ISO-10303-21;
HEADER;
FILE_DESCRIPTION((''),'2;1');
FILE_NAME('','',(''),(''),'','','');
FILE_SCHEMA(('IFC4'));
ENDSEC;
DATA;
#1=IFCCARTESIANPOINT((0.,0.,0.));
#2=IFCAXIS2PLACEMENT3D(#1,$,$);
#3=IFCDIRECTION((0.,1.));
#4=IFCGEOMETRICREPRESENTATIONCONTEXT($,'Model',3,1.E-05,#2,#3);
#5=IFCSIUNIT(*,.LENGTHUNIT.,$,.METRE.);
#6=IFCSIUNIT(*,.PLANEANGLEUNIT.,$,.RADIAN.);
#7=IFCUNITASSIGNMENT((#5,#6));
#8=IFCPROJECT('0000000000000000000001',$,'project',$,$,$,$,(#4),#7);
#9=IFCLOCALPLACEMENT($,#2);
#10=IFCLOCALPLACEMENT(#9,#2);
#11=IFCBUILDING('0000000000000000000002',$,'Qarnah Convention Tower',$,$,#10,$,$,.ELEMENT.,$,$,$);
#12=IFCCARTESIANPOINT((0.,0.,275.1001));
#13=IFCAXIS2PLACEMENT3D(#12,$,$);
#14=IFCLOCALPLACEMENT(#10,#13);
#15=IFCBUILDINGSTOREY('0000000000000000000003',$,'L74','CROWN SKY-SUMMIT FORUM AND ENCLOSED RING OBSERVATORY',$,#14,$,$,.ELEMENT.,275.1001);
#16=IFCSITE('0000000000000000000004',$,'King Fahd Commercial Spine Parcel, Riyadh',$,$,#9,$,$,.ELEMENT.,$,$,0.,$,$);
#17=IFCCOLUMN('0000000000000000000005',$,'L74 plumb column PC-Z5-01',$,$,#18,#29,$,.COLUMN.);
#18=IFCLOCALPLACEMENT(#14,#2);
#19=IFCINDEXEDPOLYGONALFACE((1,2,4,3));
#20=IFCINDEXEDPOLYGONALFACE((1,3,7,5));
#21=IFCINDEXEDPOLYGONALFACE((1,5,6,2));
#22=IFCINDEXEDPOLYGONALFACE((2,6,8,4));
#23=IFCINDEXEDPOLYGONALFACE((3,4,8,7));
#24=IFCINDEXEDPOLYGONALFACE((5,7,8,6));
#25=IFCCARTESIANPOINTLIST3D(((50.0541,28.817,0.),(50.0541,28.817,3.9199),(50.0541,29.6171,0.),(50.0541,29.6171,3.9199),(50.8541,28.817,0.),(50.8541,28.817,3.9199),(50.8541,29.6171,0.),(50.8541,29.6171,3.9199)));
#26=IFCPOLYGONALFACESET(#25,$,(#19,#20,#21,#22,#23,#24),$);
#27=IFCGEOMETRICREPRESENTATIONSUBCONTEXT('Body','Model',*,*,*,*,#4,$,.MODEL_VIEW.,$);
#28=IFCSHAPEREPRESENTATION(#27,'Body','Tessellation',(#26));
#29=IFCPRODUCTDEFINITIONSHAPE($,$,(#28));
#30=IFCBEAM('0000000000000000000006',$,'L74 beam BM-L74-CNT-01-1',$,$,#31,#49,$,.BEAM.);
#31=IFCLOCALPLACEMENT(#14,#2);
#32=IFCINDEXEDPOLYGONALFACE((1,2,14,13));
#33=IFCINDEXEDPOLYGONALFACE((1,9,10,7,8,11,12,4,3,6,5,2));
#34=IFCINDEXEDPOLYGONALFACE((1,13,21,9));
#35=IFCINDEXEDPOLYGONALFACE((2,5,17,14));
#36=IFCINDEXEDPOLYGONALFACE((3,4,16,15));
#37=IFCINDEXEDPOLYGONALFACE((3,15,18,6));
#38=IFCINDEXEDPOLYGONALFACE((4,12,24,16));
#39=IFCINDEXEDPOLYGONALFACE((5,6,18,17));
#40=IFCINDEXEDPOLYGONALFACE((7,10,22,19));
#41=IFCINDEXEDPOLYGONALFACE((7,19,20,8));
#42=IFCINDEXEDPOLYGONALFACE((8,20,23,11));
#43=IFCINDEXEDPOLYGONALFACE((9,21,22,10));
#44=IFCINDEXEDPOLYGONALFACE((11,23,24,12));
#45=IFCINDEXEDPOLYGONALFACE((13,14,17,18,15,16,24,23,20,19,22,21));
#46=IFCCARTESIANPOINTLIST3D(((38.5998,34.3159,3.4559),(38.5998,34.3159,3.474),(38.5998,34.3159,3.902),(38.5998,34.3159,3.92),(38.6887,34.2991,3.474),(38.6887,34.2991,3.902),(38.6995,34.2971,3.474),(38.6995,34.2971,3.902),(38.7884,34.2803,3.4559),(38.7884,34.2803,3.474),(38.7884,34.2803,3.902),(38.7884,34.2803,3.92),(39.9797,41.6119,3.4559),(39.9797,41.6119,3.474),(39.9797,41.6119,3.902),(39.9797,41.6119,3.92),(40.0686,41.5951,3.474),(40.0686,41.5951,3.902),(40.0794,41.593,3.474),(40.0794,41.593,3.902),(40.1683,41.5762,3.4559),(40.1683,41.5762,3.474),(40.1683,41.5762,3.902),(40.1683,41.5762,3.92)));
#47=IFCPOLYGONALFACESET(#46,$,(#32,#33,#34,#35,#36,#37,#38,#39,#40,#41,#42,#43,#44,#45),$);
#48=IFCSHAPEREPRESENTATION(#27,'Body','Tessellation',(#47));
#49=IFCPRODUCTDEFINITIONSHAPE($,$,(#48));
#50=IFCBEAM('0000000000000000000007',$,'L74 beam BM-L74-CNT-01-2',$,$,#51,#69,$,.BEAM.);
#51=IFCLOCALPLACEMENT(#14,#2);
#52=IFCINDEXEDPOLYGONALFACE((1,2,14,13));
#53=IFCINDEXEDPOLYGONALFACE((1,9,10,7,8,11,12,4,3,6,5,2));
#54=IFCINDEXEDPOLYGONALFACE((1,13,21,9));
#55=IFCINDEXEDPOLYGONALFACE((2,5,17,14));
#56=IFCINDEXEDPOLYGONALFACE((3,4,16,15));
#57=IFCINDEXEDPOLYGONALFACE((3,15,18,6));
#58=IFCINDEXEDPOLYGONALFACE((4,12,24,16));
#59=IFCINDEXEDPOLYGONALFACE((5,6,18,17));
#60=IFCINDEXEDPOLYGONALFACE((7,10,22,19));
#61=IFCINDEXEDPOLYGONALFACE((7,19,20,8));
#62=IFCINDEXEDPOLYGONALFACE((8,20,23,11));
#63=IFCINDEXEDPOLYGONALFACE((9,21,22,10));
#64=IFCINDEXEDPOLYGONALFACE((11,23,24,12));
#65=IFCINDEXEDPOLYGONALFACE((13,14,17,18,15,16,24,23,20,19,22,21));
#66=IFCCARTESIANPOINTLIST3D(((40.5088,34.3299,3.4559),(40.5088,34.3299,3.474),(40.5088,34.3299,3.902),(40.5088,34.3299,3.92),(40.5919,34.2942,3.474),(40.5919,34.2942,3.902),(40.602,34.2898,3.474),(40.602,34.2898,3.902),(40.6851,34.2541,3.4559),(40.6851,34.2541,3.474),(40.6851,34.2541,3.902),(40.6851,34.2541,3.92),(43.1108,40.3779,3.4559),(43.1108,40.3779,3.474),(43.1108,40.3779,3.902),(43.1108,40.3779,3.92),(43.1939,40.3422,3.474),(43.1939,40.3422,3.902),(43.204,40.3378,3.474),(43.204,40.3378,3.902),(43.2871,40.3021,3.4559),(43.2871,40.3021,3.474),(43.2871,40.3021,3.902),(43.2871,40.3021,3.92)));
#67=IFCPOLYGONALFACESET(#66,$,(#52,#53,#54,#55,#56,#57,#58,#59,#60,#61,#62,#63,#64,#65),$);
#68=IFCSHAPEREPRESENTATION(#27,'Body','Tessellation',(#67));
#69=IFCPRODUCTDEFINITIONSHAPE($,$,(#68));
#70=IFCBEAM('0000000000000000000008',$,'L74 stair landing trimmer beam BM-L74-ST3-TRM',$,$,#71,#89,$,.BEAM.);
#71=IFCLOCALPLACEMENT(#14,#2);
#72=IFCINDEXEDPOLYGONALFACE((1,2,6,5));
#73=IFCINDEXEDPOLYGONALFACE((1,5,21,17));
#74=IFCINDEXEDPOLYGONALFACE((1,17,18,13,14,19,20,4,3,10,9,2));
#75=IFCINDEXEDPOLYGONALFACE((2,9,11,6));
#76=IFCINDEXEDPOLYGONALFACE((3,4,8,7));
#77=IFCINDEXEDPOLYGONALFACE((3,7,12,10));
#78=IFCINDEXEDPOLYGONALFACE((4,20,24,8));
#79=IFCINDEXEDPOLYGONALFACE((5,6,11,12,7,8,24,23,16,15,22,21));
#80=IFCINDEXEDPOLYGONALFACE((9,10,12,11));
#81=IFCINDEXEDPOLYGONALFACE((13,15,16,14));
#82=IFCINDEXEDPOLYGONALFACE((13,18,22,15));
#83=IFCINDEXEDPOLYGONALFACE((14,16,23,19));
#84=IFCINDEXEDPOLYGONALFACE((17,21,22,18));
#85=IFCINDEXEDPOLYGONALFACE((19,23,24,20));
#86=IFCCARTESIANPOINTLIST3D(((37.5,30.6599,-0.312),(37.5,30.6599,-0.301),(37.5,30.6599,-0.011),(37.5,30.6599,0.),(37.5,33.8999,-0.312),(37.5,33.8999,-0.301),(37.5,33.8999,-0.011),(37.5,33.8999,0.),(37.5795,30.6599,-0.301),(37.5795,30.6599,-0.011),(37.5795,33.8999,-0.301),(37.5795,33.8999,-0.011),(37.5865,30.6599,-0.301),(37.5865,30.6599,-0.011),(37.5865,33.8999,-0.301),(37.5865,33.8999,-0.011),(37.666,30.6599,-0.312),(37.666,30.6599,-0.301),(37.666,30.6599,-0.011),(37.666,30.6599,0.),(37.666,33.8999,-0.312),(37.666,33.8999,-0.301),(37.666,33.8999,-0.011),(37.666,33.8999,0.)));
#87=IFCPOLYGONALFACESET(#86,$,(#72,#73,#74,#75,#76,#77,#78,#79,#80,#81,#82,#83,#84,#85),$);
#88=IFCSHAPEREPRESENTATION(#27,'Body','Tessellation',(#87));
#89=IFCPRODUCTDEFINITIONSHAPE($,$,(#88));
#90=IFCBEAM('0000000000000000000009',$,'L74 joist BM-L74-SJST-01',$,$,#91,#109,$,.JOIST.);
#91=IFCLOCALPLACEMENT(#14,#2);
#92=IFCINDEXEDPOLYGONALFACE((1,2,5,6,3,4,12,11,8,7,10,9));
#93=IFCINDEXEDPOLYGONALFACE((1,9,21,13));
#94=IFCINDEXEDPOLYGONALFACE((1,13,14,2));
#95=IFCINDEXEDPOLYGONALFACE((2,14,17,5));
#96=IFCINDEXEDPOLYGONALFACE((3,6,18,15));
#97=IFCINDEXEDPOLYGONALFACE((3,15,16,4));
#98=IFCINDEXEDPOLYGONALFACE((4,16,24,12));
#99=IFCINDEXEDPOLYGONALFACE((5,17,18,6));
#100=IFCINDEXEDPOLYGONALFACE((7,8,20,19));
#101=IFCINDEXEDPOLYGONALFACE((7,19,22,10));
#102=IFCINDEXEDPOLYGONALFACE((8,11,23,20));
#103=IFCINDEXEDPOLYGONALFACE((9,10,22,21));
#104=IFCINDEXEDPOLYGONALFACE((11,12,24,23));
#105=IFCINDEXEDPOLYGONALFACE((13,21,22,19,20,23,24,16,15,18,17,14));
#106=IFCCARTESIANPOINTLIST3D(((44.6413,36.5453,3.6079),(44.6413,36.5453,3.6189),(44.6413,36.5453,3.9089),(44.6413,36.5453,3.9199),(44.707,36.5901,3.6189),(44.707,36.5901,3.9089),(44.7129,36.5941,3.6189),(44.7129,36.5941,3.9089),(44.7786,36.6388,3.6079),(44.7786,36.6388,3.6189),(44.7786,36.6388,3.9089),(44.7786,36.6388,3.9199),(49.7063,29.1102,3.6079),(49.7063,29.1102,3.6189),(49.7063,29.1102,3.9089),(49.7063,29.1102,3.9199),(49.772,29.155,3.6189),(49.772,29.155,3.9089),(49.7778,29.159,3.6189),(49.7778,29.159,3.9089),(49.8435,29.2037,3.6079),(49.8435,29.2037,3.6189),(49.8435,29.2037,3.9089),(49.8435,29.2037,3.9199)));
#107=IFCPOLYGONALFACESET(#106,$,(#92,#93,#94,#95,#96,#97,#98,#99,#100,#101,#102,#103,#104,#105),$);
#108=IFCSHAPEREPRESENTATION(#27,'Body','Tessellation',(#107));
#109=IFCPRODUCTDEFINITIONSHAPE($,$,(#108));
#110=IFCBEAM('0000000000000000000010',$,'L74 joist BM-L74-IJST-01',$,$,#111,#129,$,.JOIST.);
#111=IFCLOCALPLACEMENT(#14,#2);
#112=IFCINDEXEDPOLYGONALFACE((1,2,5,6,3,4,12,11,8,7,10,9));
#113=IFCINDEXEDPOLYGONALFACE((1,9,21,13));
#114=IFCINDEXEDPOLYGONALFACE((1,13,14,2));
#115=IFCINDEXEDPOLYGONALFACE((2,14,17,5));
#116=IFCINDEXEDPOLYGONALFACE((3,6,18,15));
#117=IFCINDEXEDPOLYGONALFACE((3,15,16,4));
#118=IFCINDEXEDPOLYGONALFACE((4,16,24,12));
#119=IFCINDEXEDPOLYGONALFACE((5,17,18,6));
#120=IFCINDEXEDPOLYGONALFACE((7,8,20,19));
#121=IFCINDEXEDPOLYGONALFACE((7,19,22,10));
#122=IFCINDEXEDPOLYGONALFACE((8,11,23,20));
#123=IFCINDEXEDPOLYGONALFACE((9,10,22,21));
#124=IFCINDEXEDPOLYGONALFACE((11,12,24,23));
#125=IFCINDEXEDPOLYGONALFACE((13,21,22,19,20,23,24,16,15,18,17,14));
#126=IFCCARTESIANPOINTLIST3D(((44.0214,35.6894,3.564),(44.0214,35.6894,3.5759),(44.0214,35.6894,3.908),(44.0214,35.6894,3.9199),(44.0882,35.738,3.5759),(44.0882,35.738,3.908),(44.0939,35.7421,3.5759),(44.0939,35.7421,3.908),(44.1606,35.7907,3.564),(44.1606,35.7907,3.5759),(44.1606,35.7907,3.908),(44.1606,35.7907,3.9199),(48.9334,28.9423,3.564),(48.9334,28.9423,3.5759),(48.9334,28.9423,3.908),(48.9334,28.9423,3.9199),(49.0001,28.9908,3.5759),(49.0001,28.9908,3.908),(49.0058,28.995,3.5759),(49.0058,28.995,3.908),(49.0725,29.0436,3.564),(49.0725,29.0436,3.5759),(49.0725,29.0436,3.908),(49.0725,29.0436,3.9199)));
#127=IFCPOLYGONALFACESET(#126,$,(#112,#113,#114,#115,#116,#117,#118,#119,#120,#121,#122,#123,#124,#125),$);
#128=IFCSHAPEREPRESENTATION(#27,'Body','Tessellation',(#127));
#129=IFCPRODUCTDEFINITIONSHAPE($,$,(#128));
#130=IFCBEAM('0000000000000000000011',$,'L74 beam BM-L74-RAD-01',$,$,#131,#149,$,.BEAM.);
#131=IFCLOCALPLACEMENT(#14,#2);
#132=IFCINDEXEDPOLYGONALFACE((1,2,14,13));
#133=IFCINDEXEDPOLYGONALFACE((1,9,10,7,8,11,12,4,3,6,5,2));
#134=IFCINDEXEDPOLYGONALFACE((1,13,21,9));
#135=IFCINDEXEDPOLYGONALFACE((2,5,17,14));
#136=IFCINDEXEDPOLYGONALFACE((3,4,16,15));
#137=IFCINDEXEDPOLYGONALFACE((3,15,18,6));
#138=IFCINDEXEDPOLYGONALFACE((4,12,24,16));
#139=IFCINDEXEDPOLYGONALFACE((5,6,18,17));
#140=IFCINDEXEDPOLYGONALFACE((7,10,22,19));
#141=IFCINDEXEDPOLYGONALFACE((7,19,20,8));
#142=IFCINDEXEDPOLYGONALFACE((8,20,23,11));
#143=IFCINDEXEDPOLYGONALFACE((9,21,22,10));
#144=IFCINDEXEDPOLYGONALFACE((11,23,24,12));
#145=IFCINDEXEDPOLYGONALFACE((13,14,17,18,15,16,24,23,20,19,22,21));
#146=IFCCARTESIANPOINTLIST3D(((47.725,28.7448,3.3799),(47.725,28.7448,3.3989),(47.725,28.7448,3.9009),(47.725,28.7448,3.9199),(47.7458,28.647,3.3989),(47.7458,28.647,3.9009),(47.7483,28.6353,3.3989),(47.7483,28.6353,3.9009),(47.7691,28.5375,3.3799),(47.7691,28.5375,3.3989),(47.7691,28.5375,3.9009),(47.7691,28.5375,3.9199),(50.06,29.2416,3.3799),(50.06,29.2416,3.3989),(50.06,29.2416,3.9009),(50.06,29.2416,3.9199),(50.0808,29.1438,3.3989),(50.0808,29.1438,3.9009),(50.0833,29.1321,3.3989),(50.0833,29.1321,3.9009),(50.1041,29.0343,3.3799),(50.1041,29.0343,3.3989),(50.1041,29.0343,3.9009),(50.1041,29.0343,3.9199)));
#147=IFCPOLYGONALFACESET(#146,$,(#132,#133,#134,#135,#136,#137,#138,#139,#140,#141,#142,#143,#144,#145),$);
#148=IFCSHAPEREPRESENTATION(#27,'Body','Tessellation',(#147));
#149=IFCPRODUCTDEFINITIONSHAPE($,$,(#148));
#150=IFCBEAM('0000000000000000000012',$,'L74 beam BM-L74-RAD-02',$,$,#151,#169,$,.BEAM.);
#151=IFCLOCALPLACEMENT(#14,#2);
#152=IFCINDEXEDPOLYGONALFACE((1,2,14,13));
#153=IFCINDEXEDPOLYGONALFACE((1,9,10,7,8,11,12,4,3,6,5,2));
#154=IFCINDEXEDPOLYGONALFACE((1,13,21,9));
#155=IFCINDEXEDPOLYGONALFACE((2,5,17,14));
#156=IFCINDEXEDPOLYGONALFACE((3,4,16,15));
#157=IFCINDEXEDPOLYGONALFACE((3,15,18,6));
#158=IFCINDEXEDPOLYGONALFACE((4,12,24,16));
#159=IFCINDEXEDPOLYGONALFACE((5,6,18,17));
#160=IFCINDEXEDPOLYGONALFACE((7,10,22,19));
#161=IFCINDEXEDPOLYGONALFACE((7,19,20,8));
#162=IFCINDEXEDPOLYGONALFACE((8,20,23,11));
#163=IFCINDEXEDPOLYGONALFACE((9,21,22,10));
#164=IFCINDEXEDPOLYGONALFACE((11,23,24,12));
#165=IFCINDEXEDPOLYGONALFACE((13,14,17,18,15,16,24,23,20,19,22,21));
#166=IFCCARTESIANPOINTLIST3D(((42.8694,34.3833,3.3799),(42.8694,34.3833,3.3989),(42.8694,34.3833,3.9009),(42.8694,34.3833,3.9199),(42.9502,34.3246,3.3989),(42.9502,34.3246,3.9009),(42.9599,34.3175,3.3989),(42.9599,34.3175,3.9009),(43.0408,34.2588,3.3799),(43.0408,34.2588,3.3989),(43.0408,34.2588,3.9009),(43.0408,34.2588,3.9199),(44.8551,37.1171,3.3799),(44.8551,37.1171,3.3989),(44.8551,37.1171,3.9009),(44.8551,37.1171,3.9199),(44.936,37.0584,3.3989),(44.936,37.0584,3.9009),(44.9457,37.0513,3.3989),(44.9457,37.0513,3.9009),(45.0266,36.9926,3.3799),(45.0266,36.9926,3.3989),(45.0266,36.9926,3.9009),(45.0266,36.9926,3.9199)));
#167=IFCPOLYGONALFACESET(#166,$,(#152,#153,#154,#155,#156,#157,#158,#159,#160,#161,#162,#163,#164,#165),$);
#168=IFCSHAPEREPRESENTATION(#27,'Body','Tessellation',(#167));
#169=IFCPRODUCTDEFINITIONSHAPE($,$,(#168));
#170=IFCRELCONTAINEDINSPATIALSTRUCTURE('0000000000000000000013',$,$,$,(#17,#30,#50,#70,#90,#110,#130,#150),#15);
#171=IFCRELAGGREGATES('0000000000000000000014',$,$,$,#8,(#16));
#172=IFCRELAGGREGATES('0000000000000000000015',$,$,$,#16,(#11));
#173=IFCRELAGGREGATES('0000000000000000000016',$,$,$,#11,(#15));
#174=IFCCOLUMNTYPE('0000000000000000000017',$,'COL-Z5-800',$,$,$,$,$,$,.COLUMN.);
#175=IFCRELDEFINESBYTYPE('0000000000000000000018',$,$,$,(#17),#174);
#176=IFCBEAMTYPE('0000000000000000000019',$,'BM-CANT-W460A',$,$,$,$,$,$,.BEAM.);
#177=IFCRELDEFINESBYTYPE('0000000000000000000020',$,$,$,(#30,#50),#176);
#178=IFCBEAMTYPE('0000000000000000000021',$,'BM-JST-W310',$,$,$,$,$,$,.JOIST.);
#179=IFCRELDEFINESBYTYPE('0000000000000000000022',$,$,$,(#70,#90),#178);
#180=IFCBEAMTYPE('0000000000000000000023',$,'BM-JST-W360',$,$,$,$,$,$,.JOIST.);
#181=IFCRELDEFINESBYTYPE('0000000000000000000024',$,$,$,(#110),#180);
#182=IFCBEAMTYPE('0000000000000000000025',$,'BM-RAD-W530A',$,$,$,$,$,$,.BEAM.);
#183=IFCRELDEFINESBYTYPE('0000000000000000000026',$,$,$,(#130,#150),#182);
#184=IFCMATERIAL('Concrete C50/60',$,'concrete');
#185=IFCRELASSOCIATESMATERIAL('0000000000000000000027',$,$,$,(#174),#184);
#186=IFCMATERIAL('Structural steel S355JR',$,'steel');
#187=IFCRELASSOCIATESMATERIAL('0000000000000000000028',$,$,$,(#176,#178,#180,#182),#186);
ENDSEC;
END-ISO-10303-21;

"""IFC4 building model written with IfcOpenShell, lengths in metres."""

from ifc_helpers import new_model, si_unit, direction, frame, origin, origin_2d, place, context, subcontext, project, spatial, rectangle, i_section, extrude, material, material_profile, profile_set, type_object, element, save


model = new_model("IFC4")

# Units and contexts
model_context = context("Model", 3, precision=1e-05, world=origin(), true_north=direction((0.0, 1.0)))
body_context = subcontext(model_context, "Body", "Model", "MODEL_VIEW")
ifc_project = project(units=[si_unit("LENGTHUNIT", "METRE"), si_unit("PLANEANGLEUNIT", "RADIAN")], contexts=[model_context])

# Site, building, storey
site_placement = place(None, origin())
site = spatial("IfcSite", under=ifc_project, at=site_placement, Name="King Fahd Commercial Spine Parcel, Riyadh", CompositionType="ELEMENT", RefElevation=0.0)
building_placement = place(site_placement, origin())
building = spatial("IfcBuilding", under=site, at=building_placement, Name="Qarnah Convention Tower", CompositionType="ELEMENT")
storey_placement = place(building_placement, frame((0.0, 0.0, 275.1001)))
storey = spatial("IfcBuildingStorey", under=building, at=storey_placement, Name="L74", Description="CROWN SKY-SUMMIT FORUM AND ENCLOSED RING OBSERVATORY", CompositionType="ELEMENT", Elevation=275.1001)

# Column
ifc_material_1 = material(Name="Concrete C50/60", Category="concrete")
ifc_material_profile_1 = material_profile(ifc_material_1, rectangle(XDim=0.8, YDim=0.8, at=origin_2d()), Name="RC-COL-800X800")
ifc_profile_set_1 = profile_set([ifc_material_profile_1], Name="Concrete C50/60")
column_type = type_object("IfcColumnType", Name="COL-Z5-800", PredefinedType="COLUMN", material=ifc_profile_set_1)
column_placement = place(storey_placement, frame((50.4541, 29.217, 0.0), z_axis=(0.0, 0.0, 1.0), x_axis=(1.0, 0.0, 0.0)))
element("IfcColumn", 1, at=column_placement, inside=storey, type_object=column_type, Name="L74 plumb column PC-Z5-01", PredefinedType="COLUMN", context=body_context, shape_type="SweptSolid", body=[
    extrude(rectangle(XDim=0.8, YDim=0.8, at=origin_2d()), origin(), (0.0, 0.0, 1.0), 3.9199),
])

# Beams
ifc_material_2 = material(Name="Structural steel S355JR", Category="steel")
ifc_material_profile_2 = material_profile(ifc_material_2, i_section(OverallWidth=0.1919, OverallDepth=0.4641, WebThickness=0.011, FlangeThickness=0.0181, at=origin_2d()), Name="W460X89")
ifc_profile_set_2 = profile_set([ifc_material_profile_2], Name="Structural steel S355JR")
beam_type_1 = type_object("IfcBeamType", Name="BM-CANT-W460A", PredefinedType="BEAM", material=ifc_profile_set_2)
beam_1_placement = place(storey_placement, frame((38.6941, 34.2981, 3.688), z_axis=(0.185837, 0.982581, 0.0), x_axis=(-0.982581, 0.185837, 0.0)))
element("IfcBeam", 2, at=beam_1_placement, inside=storey, type_object=beam_type_1, Name="L74 beam BM-L74-CNT-01-1", PredefinedType="BEAM", context=body_context, shape_type="SweptSolid", body=[
    extrude(i_section(OverallWidth=0.1919, OverallDepth=0.4641, WebThickness=0.011, FlangeThickness=0.0181, at=origin_2d()), origin(), (0.0, 0.0, 1.0), 7.4253),
])
beam_2_placement = place(storey_placement, frame((40.5969, 34.292, 3.688), z_axis=(0.395203, 0.918594, 0.0), x_axis=(-0.918594, 0.395203, 0.0)))
element("IfcBeam", 3, at=beam_2_placement, inside=storey, type_object=beam_type_1, Name="L74 beam BM-L74-CNT-01-2", PredefinedType="BEAM", context=body_context, shape_type="SweptSolid", body=[
    extrude(i_section(OverallWidth=0.1919, OverallDepth=0.4641, WebThickness=0.011, FlangeThickness=0.0181, at=origin_2d()), origin(), (0.0, 0.0, 1.0), 6.584),
])
ifc_material_profile_3 = material_profile(ifc_material_2, i_section(OverallWidth=0.166, OverallDepth=0.312, WebThickness=0.0071, FlangeThickness=0.011, at=origin_2d()), Name="W310X45")
ifc_profile_set_3 = profile_set([ifc_material_profile_3], Name="Structural steel S355JR")
beam_type_2 = type_object("IfcBeamType", Name="BM-JST-W310", PredefinedType="JOIST", material=ifc_profile_set_3)
beam_3_placement = place(storey_placement, frame((37.583, 30.6599, -0.156), z_axis=(0.0, 1.0, 0.0), x_axis=(-1.0, 0.0, 0.0)))
element("IfcBeam", 4, at=beam_3_placement, inside=storey, type_object=beam_type_2, Name="L74 stair landing trimmer beam BM-L74-ST3-TRM", PredefinedType="BEAM", context=body_context, shape_type="SweptSolid", body=[
    extrude(i_section(OverallWidth=0.166, OverallDepth=0.312, WebThickness=0.0071, FlangeThickness=0.011, at=origin_2d()), origin(), (0.0, 0.0, 1.0), 3.24),
])
beam_4_placement = place(storey_placement, frame((49.7749, 29.157, 3.7639), z_axis=(-0.563002, 0.826456, 0.0), x_axis=(-0.826456, -0.563002, 0.0)))
element("IfcBeam", 5, at=beam_4_placement, inside=storey, type_object=beam_type_2, Name="L74 joist BM-L74-SJST-01", PredefinedType="JOIST", context=body_context, shape_type="SweptSolid", body=[
    extrude(i_section(OverallWidth=0.166, OverallDepth=0.312, WebThickness=0.0071, FlangeThickness=0.011, at=origin_2d()), origin(), (0.0, 0.0, 1.0), 8.9963),
])
ifc_material_profile_4 = material_profile(ifc_material_2, i_section(OverallWidth=0.1721, OverallDepth=0.356, WebThickness=0.0071, FlangeThickness=0.012, at=origin_2d()), Name="W360X51")
ifc_profile_set_4 = profile_set([ifc_material_profile_4], Name="Structural steel S355JR")
beam_type_3 = type_object("IfcBeamType", Name="BM-JST-W360", PredefinedType="JOIST", material=ifc_profile_set_4)
beam_5_placement = place(storey_placement, frame((49.0029, 28.9929, 3.7419), z_axis=(-0.588556, 0.808456, 0.0), x_axis=(-0.808456, -0.588556, 0.0)))
element("IfcBeam", 6, at=beam_5_placement, inside=storey, type_object=beam_type_3, Name="L74 joist BM-L74-IJST-01", PredefinedType="JOIST", context=body_context, shape_type="SweptSolid", body=[
    extrude(i_section(OverallWidth=0.1721, OverallDepth=0.356, WebThickness=0.0071, FlangeThickness=0.012, at=origin_2d()), origin(), (0.0, 0.0, 1.0), 8.3457),
])
ifc_material_profile_5 = material_profile(ifc_material_2, i_section(OverallWidth=0.2119, OverallDepth=0.54, WebThickness=0.012, FlangeThickness=0.019, at=origin_2d()), Name="W530X109")
ifc_profile_set_5 = profile_set([ifc_material_profile_5], Name="Structural steel S355JR")
beam_type_4 = type_object("IfcBeamType", Name="BM-RAD-W530A", PredefinedType="BEAM", material=ifc_profile_set_5)
beam_6_placement = place(storey_placement, frame((47.7471, 28.6411, 3.6499), z_axis=(0.978104, 0.208118, 0.0), x_axis=(-0.208118, 0.978104, 0.0)))
element("IfcBeam", 7, at=beam_6_placement, inside=storey, type_object=beam_type_4, Name="L74 beam BM-L74-RAD-01", PredefinedType="BEAM", context=body_context, shape_type="SweptSolid", body=[
    extrude(i_section(OverallWidth=0.2119, OverallDepth=0.54, WebThickness=0.012, FlangeThickness=0.019, at=origin_2d()), origin(), (0.0, 0.0, 1.0), 2.3872),
])
beam_7_placement = place(storey_placement, frame((42.9551, 34.321, 3.6499), z_axis=(0.587699, 0.80908, 0.0), x_axis=(-0.80908, 0.587699, 0.0)))
element("IfcBeam", 8, at=beam_7_placement, inside=storey, type_object=beam_type_4, Name="L74 beam BM-L74-RAD-02", PredefinedType="BEAM", context=body_context, shape_type="SweptSolid", body=[
    extrude(i_section(OverallWidth=0.2119, OverallDepth=0.54, WebThickness=0.012, FlangeThickness=0.019, at=origin_2d()), origin(), (0.0, 0.0, 1.0), 3.3789),
])

save(model, "model.ifc")
